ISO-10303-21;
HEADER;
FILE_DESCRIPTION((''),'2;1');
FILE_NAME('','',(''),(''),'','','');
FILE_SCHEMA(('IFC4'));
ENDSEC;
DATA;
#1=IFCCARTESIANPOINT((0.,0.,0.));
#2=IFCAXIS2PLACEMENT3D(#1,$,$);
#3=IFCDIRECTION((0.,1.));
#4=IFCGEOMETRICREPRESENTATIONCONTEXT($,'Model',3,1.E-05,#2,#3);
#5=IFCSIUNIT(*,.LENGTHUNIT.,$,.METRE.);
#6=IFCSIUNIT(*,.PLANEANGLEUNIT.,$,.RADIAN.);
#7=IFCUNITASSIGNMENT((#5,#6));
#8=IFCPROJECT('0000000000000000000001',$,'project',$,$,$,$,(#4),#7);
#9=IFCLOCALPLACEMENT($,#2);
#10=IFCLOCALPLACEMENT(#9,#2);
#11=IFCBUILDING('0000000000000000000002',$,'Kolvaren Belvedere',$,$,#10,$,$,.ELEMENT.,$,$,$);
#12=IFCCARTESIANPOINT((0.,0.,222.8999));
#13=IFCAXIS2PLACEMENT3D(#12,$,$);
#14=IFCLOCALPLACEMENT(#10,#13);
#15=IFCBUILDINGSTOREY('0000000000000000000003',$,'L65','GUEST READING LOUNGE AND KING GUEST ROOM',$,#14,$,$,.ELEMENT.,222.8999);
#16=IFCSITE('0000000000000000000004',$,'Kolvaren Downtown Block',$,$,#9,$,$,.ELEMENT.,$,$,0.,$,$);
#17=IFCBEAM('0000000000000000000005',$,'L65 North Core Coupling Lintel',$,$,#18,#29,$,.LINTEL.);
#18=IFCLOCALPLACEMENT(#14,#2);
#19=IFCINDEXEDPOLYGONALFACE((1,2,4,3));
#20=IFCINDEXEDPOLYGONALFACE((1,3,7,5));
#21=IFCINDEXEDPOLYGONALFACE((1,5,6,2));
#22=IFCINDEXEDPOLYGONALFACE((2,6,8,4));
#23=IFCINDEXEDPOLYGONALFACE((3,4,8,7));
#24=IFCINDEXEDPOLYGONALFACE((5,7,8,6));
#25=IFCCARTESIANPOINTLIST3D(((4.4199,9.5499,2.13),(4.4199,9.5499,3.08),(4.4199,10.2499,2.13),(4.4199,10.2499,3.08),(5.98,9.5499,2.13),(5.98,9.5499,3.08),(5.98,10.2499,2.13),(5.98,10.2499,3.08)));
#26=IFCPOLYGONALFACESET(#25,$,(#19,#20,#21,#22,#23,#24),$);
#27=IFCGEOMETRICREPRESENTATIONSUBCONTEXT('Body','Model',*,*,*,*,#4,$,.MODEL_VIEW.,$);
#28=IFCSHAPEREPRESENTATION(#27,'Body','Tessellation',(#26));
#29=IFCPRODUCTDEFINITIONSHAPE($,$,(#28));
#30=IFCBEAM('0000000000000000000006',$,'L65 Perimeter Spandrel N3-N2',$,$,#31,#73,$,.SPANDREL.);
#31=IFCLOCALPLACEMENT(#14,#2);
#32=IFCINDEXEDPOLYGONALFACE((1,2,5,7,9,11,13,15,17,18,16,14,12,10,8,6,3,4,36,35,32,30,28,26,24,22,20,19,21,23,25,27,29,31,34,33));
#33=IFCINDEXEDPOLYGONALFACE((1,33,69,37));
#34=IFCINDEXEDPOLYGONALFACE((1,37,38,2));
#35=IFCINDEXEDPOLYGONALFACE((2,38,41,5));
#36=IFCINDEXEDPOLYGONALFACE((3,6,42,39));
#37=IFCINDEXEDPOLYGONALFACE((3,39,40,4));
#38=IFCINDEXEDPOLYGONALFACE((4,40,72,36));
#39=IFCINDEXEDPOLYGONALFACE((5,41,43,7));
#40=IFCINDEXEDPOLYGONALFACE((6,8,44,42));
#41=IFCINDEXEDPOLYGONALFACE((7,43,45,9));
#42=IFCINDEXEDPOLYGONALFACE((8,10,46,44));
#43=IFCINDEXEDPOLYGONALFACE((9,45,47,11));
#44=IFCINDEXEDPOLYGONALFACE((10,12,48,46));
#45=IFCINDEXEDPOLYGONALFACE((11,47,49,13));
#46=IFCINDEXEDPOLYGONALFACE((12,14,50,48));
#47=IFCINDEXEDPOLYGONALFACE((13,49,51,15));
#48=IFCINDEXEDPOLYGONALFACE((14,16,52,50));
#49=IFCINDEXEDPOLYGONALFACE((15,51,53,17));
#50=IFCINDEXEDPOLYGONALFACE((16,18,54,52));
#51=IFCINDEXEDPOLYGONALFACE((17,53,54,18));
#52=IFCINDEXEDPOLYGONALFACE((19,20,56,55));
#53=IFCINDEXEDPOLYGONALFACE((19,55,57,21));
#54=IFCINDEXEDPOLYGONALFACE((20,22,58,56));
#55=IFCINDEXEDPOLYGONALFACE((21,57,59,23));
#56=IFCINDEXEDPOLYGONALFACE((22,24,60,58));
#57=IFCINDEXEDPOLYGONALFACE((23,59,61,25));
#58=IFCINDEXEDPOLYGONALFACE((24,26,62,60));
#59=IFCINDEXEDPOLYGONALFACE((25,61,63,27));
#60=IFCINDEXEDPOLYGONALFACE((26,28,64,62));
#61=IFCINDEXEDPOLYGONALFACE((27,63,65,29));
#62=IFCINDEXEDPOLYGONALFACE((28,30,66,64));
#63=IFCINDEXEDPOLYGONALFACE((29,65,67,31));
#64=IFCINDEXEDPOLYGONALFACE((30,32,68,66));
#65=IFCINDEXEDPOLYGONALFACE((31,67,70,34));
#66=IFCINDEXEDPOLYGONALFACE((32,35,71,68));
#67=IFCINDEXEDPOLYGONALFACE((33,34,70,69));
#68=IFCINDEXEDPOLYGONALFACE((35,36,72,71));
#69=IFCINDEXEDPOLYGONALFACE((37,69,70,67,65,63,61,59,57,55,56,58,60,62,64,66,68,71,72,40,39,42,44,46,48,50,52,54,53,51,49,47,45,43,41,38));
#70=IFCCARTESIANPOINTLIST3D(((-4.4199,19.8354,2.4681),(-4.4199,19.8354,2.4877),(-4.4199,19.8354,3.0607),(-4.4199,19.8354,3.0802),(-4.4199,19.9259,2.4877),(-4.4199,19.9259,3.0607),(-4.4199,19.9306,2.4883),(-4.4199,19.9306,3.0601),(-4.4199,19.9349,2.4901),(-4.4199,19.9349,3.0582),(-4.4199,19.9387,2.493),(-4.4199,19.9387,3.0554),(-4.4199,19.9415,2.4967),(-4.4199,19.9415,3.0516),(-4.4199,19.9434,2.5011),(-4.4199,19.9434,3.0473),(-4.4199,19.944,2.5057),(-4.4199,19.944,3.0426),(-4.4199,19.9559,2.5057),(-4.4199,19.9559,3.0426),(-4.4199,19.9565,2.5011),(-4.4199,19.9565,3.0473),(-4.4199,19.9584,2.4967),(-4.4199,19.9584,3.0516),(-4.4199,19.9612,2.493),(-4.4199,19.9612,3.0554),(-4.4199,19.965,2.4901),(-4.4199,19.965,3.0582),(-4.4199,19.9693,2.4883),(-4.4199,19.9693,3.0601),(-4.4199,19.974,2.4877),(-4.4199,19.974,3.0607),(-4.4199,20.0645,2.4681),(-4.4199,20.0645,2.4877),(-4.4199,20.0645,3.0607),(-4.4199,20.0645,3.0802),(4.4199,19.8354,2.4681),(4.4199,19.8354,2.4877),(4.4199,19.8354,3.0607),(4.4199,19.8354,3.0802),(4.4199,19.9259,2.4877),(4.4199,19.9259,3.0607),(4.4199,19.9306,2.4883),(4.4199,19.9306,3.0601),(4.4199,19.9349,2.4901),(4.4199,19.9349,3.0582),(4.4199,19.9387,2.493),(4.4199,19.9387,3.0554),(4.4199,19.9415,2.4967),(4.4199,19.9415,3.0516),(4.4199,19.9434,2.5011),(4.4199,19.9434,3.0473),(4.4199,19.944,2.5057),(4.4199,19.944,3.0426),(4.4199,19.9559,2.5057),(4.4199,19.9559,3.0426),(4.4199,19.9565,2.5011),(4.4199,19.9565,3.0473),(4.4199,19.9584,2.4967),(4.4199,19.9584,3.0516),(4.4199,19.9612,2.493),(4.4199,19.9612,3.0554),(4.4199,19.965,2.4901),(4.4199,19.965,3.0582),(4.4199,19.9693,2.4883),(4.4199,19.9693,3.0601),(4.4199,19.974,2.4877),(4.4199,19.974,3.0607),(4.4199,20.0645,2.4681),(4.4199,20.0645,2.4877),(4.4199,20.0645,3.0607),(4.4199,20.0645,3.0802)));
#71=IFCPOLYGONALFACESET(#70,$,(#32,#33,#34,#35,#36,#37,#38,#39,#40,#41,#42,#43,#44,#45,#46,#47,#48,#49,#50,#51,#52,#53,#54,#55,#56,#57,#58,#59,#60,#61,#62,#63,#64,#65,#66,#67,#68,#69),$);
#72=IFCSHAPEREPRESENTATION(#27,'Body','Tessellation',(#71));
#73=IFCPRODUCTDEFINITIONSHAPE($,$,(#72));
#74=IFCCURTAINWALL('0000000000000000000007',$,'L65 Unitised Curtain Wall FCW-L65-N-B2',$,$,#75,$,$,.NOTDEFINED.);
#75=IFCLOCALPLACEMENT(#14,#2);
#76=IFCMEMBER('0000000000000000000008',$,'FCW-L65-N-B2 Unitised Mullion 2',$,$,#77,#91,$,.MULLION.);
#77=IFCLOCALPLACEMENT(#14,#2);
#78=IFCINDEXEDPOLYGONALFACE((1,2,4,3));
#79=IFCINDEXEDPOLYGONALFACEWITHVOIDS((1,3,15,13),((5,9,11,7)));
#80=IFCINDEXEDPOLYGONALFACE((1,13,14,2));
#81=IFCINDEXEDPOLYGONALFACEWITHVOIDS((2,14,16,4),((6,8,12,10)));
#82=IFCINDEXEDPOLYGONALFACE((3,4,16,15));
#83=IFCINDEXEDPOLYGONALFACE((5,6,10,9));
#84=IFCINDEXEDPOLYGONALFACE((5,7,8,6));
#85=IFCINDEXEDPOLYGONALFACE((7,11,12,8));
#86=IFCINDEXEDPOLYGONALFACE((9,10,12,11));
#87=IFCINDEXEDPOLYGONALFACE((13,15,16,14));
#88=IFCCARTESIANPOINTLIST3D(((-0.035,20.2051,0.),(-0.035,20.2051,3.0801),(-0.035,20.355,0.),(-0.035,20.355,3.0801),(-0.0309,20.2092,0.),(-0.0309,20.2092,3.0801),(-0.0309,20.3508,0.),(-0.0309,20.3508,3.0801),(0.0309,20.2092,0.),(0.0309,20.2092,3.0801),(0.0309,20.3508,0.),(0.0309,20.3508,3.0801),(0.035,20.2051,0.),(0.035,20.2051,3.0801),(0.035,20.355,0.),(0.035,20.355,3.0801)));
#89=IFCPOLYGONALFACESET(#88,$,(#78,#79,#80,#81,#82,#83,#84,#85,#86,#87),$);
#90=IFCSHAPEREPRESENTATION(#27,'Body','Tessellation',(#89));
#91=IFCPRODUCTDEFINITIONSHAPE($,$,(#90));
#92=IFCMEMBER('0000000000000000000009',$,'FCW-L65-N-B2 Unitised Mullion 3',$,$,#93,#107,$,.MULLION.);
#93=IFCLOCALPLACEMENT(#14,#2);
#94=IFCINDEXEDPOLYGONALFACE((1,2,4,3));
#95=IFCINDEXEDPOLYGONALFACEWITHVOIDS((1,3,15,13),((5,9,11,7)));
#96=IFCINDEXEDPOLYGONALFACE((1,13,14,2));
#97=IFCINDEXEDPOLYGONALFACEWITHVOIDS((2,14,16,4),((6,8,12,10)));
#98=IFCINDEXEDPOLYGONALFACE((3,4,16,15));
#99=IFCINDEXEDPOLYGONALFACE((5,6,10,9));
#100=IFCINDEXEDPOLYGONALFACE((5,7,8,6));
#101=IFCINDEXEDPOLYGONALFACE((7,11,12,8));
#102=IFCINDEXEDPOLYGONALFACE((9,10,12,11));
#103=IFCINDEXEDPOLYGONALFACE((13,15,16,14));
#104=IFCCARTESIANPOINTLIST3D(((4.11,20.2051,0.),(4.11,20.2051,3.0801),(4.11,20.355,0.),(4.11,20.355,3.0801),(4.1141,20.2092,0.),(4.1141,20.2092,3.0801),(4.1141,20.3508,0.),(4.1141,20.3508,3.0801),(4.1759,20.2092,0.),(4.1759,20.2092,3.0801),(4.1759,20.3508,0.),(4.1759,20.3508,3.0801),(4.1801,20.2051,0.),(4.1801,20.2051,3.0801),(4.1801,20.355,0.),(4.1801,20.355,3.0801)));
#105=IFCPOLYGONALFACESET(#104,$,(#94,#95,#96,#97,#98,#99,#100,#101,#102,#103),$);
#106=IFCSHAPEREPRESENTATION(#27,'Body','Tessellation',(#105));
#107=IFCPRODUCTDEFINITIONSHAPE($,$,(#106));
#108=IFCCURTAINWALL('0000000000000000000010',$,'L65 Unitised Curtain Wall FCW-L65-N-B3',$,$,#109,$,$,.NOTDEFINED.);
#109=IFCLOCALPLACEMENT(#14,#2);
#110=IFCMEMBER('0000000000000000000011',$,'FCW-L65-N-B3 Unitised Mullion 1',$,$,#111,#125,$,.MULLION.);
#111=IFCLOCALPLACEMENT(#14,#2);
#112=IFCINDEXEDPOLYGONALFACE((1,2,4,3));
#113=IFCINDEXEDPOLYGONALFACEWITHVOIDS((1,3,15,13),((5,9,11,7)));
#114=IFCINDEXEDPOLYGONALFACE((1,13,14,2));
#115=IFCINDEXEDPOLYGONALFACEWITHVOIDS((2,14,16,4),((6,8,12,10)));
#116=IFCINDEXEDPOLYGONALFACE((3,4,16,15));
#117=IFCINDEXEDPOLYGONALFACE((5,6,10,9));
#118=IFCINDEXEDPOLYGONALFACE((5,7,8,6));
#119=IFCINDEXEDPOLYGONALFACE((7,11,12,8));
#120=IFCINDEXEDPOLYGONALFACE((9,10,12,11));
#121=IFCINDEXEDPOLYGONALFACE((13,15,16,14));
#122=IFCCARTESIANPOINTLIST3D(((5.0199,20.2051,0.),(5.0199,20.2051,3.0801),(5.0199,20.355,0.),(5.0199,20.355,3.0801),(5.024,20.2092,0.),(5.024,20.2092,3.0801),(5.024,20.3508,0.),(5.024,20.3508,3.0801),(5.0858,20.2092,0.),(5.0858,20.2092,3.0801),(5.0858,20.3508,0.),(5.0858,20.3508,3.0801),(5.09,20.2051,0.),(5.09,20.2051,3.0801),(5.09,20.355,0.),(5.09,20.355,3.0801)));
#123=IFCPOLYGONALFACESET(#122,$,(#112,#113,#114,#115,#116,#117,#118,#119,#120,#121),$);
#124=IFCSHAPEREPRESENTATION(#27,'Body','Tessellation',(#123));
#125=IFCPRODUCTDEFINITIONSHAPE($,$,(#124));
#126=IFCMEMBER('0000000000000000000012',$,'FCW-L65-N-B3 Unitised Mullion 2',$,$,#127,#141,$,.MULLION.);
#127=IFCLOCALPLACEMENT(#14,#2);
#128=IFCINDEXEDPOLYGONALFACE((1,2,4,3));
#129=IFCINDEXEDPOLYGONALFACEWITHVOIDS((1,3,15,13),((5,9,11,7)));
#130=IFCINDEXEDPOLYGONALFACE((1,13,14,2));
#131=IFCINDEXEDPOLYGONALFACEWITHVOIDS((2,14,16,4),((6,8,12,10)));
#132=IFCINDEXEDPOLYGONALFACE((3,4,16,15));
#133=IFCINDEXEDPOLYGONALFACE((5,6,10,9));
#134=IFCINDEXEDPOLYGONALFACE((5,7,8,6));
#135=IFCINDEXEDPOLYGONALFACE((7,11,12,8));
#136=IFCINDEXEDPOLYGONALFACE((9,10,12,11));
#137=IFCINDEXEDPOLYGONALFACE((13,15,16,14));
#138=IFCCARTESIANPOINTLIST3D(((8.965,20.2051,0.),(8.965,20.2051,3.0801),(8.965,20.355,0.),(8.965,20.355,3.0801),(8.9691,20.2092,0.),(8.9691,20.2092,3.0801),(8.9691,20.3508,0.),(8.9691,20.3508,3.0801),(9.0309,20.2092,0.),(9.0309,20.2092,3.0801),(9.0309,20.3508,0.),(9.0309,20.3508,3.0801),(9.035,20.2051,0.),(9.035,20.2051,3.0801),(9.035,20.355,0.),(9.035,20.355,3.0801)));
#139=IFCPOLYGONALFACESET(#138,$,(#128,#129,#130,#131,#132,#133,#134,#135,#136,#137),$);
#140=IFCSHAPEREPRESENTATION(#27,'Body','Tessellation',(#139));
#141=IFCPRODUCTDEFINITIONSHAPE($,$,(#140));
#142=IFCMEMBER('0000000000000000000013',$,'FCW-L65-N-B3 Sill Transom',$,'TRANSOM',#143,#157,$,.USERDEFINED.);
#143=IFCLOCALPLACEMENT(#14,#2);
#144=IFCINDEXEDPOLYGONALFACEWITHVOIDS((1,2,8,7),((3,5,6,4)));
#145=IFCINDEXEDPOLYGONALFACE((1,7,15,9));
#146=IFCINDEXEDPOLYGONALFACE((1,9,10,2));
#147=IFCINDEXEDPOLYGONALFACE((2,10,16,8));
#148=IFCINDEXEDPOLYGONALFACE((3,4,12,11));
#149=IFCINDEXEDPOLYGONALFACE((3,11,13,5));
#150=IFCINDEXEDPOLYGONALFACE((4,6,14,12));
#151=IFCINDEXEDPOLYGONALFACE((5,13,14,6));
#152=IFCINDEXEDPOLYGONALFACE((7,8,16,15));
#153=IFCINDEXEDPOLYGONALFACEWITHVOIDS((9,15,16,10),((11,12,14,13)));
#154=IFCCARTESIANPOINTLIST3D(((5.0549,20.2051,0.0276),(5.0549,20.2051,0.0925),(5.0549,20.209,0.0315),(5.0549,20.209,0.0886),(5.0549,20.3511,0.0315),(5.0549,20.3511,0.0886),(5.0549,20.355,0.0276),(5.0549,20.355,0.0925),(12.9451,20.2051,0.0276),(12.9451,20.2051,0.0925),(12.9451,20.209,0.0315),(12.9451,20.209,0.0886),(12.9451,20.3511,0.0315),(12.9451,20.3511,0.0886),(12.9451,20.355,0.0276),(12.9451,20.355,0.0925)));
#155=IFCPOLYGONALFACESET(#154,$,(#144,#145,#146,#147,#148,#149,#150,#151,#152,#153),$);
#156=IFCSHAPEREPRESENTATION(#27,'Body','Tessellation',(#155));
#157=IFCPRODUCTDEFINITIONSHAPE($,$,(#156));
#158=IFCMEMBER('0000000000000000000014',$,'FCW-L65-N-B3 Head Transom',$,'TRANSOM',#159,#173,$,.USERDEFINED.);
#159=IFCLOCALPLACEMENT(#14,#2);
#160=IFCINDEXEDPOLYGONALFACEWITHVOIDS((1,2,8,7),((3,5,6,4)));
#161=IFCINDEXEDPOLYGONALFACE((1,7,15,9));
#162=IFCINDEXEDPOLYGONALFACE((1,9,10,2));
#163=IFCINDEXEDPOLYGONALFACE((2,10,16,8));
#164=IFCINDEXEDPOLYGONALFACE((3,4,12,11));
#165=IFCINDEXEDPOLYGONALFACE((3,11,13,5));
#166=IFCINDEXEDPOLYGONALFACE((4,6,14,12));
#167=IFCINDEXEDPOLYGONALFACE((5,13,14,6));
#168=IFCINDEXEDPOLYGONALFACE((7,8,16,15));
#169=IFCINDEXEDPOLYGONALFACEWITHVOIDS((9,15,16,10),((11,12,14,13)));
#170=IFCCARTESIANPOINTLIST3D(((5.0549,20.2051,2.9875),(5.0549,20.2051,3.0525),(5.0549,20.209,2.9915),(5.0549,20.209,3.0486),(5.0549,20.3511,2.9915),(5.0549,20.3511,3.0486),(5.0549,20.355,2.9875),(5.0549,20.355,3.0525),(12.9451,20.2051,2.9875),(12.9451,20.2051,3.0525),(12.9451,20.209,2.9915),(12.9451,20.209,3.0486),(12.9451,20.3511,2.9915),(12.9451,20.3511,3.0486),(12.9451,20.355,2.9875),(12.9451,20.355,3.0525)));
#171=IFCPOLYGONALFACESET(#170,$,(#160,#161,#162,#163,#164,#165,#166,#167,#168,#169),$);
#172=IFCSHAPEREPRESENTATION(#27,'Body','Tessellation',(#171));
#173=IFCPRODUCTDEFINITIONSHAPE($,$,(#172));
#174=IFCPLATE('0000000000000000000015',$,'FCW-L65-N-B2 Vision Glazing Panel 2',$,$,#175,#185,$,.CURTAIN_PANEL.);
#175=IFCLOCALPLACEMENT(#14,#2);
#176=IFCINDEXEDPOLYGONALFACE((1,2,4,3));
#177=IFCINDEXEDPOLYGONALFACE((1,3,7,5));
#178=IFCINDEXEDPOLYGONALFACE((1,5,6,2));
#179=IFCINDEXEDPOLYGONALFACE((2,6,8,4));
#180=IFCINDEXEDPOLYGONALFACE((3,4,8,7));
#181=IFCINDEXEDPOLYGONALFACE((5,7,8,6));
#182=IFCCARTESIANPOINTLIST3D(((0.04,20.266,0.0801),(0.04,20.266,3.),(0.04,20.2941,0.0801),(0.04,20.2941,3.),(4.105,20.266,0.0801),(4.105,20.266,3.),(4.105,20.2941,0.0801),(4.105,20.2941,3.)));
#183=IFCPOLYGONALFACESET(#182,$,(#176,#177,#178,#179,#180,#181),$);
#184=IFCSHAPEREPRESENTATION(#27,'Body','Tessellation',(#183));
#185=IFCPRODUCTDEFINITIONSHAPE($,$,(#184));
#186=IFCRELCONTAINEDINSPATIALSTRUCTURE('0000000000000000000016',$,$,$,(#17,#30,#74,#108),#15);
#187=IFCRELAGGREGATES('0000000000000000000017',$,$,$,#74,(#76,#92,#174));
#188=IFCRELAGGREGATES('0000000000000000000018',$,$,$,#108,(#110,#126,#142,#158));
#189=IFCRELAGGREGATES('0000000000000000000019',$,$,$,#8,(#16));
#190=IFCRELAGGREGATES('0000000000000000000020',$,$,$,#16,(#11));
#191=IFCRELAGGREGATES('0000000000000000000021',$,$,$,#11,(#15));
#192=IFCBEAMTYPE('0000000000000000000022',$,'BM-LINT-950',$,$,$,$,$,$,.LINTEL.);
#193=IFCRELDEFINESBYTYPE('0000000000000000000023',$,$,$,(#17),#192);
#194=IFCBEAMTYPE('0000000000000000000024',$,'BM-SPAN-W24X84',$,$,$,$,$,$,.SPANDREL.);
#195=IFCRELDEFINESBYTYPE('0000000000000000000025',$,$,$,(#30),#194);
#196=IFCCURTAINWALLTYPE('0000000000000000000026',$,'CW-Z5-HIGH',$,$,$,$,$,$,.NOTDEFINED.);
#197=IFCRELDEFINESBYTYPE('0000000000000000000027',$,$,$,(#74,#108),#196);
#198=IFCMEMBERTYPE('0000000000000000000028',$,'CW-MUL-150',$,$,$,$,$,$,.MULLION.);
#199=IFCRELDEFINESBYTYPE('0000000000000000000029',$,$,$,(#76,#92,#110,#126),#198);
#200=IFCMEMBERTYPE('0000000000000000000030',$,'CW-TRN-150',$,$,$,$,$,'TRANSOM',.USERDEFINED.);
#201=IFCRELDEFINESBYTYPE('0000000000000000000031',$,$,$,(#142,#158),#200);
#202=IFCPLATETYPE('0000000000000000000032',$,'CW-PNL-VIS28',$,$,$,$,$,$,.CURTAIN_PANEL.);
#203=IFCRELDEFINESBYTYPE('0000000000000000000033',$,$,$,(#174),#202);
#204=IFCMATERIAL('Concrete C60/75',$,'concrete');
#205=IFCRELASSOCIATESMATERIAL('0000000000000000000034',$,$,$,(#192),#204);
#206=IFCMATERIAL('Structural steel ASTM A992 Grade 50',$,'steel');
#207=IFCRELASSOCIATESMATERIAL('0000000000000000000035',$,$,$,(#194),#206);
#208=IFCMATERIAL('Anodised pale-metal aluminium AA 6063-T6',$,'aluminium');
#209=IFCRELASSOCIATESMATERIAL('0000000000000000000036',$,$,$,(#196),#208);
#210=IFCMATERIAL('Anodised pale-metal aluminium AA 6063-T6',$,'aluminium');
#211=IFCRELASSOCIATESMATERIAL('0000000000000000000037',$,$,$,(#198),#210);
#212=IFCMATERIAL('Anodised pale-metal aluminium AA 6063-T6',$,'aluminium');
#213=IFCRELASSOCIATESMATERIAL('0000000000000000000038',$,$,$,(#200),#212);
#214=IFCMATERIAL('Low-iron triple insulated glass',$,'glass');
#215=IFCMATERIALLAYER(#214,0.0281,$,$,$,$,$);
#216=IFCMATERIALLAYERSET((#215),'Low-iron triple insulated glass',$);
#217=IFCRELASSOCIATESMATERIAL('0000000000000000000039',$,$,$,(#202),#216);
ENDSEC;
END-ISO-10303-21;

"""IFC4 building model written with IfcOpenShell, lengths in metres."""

from ifc_helpers import new_model, si_unit, direction, frame, origin, origin_2d, place, context, subcontext, project, spatial, rectangle, hollow_rectangle, i_section, extrude, material, layer, layer_set, material_profile, profile_set, type_object, element, aggregate, save


model = new_model("IFC4")

# Units and contexts
model_context = context("Model", 3, precision=1e-05, world=origin(), true_north=direction((0.0, 1.0)))
body_context = subcontext(model_context, "Body", "Model", "MODEL_VIEW")
ifc_project = project(units=[si_unit("LENGTHUNIT", "METRE"), si_unit("PLANEANGLEUNIT", "RADIAN")], contexts=[model_context])

# Site, building, storey
site_placement = place(None, origin())
site = spatial("IfcSite", under=ifc_project, at=site_placement, Name="Kolvaren Downtown Block", CompositionType="ELEMENT", RefElevation=0.0)
building_placement = place(site_placement, origin())
building = spatial("IfcBuilding", under=site, at=building_placement, Name="Kolvaren Belvedere", CompositionType="ELEMENT")
storey_placement = place(building_placement, frame((0.0, 0.0, 222.8999)))
storey = spatial("IfcBuildingStorey", under=building, at=storey_placement, Name="L65", Description="GUEST READING LOUNGE AND KING GUEST ROOM", CompositionType="ELEMENT", Elevation=222.8999)

# Beams
ifc_material_1 = material(Name="Concrete C60/75", Category="concrete")
ifc_material_profile_1 = material_profile(ifc_material_1, rectangle(XDim=0.7, YDim=0.95, at=origin_2d()), Name="RC 700X950")
ifc_profile_set_1 = profile_set([ifc_material_profile_1], Name="Concrete C60/75")
beam_type_1 = type_object("IfcBeamType", Name="BM-LINT-950", PredefinedType="LINTEL", material=ifc_profile_set_1)
beam_1_placement = place(storey_placement, frame((4.4199, 9.8999, 2.605), z_axis=(1.0, 0.0, 0.0), x_axis=(0.0, 1.0, 0.0)))
element("IfcBeam", 1, at=beam_1_placement, inside=storey, type_object=beam_type_1, Name="L65 North Core Coupling Lintel", PredefinedType="LINTEL", context=body_context, shape_type="SweptSolid", body=[
    extrude(rectangle(XDim=0.7, YDim=0.95, at=origin_2d()), origin(), (0.0, 0.0, 1.0), 1.5601),
])
ifc_material_2 = material(Name="Structural steel ASTM A992 Grade 50", Category="steel")
ifc_material_profile_2 = material_profile(ifc_material_2, i_section(OverallWidth=0.229, OverallDepth=0.6121, WebThickness=0.012, FlangeThickness=0.0195, FilletRadius=0.0181, at=origin_2d()), Name="W24X84")
ifc_profile_set_2 = profile_set([ifc_material_profile_2], Name="Structural steel ASTM A992 Grade 50")
beam_type_2 = type_object("IfcBeamType", Name="BM-SPAN-W24X84", PredefinedType="SPANDREL", material=ifc_profile_set_2)
beam_2_placement = place(storey_placement, frame((4.4199, 19.95, 2.7742), z_axis=(-1.0, 0.0, 0.0), x_axis=(0.0, -1.0, 0.0)))
element("IfcBeam", 2, at=beam_2_placement, inside=storey, type_object=beam_type_2, Name="L65 Perimeter Spandrel N3-N2", PredefinedType="SPANDREL", context=body_context, shape_type="SweptSolid", body=[
    extrude(i_section(OverallWidth=0.229, OverallDepth=0.6121, WebThickness=0.012, FlangeThickness=0.0195, FilletRadius=0.0181, at=origin_2d()), origin(), (0.0, 0.0, 1.0), 8.8398),
])

# Curtain walls, members
ifc_material_3 = material(Name="Anodised pale-metal aluminium AA 6063-T6", Category="aluminium")
curtain_wall_type = type_object("IfcCurtainWallType", Name="CW-Z5-HIGH", PredefinedType="NOTDEFINED", material=ifc_material_3)
curtain_wall_1_placement = place(storey_placement, origin())
curtain_wall_1 = element("IfcCurtainWall", 3, at=curtain_wall_1_placement, inside=storey, type_object=curtain_wall_type, Name="L65 Unitised Curtain Wall FCW-L65-N-B2", PredefinedType="NOTDEFINED")
ifc_material_4 = material(Name="Anodised pale-metal aluminium AA 6063-T6", Category="aluminium")
ifc_material_profile_3 = material_profile(ifc_material_4, hollow_rectangle(XDim=0.0701, YDim=0.1499, WallThickness=0.0042, at=origin_2d()), Name="ALU-MUL-150X70")
ifc_profile_set_3 = profile_set([ifc_material_profile_3], Name="Anodised pale-metal aluminium AA 6063-T6")
member_type_1 = type_object("IfcMemberType", Name="CW-MUL-150", PredefinedType="MULLION", material=ifc_profile_set_3)
member_1_placement = place(storey_placement, frame((0.0, 20.28, 0.0), z_axis=(0.0, 0.0, 1.0), x_axis=(1.0, 0.0, 0.0)))
member_1 = element("IfcMember", 4, at=member_1_placement, type_object=member_type_1, Name="FCW-L65-N-B2 Unitised Mullion 2", PredefinedType="MULLION", context=body_context, shape_type="SweptSolid", body=[
    extrude(hollow_rectangle(XDim=0.0701, YDim=0.1499, WallThickness=0.0042, at=origin_2d()), origin(), (0.0, 0.0, 1.0), 3.0801),
])
member_2_placement = place(storey_placement, frame((4.145, 20.28, 0.0), z_axis=(0.0, 0.0, 1.0), x_axis=(1.0, 0.0, 0.0)))
member_2 = element("IfcMember", 5, at=member_2_placement, type_object=member_type_1, Name="FCW-L65-N-B2 Unitised Mullion 3", PredefinedType="MULLION", context=body_context, shape_type="SweptSolid", body=[
    extrude(hollow_rectangle(XDim=0.0701, YDim=0.1499, WallThickness=0.0042, at=origin_2d()), origin(), (0.0, 0.0, 1.0), 3.0801),
])
curtain_wall_2_placement = place(storey_placement, origin())
curtain_wall_2 = element("IfcCurtainWall", 6, at=curtain_wall_2_placement, inside=storey, type_object=curtain_wall_type, Name="L65 Unitised Curtain Wall FCW-L65-N-B3", PredefinedType="NOTDEFINED")
member_3_placement = place(storey_placement, frame((5.0549, 20.28, 0.0), z_axis=(0.0, 0.0, 1.0), x_axis=(1.0, 0.0, 0.0)))
member_3 = element("IfcMember", 7, at=member_3_placement, type_object=member_type_1, Name="FCW-L65-N-B3 Unitised Mullion 1", PredefinedType="MULLION", context=body_context, shape_type="SweptSolid", body=[
    extrude(hollow_rectangle(XDim=0.0701, YDim=0.1499, WallThickness=0.0042, at=origin_2d()), origin(), (0.0, 0.0, 1.0), 3.0801),
])
member_4_placement = place(storey_placement, frame((9.0, 20.28, 0.0), z_axis=(0.0, 0.0, 1.0), x_axis=(1.0, 0.0, 0.0)))
member_4 = element("IfcMember", 8, at=member_4_placement, type_object=member_type_1, Name="FCW-L65-N-B3 Unitised Mullion 2", PredefinedType="MULLION", context=body_context, shape_type="SweptSolid", body=[
    extrude(hollow_rectangle(XDim=0.0701, YDim=0.1499, WallThickness=0.0042, at=origin_2d()), origin(), (0.0, 0.0, 1.0), 3.0801),
])
ifc_material_5 = material(Name="Anodised pale-metal aluminium AA 6063-T6", Category="aluminium")
ifc_material_profile_4 = material_profile(ifc_material_5, hollow_rectangle(XDim=0.0649, YDim=0.1499, WallThickness=0.0039, at=origin_2d()), Name="ALU-TRN-150X65")
ifc_profile_set_4 = profile_set([ifc_material_profile_4], Name="Anodised pale-metal aluminium AA 6063-T6")
member_type_2 = type_object("IfcMemberType", Name="CW-TRN-150", ElementType="TRANSOM", PredefinedType="USERDEFINED", material=ifc_profile_set_4)
member_5_placement = place(storey_placement, frame((5.0549, 20.28, 0.0601), z_axis=(1.0, 0.0, 0.0), x_axis=(0.0, 0.0, 1.0)))
member_5 = element("IfcMember", 9, at=member_5_placement, type_object=member_type_2, Name="FCW-L65-N-B3 Sill Transom", ObjectType="TRANSOM", PredefinedType="USERDEFINED", context=body_context, shape_type="SweptSolid", body=[
    extrude(hollow_rectangle(XDim=0.0649, YDim=0.1499, WallThickness=0.0039, at=origin_2d()), origin(), (0.0, 0.0, 1.0), 7.8901),
])
member_6_placement = place(storey_placement, frame((5.0549, 20.28, 3.02), z_axis=(1.0, 0.0, 0.0), x_axis=(0.0, 0.0, 1.0)))
member_6 = element("IfcMember", 10, at=member_6_placement, type_object=member_type_2, Name="FCW-L65-N-B3 Head Transom", ObjectType="TRANSOM", PredefinedType="USERDEFINED", context=body_context, shape_type="SweptSolid", body=[
    extrude(hollow_rectangle(XDim=0.0649, YDim=0.1499, WallThickness=0.0039, at=origin_2d()), origin(), (0.0, 0.0, 1.0), 7.8901),
])

# Plate
ifc_material_6 = material(Name="Low-iron triple insulated glass", Category="glass")
ifc_layer_1 = layer(ifc_material_6, 0.0281)
ifc_layer_set_1 = layer_set([ifc_layer_1], Name="Low-iron triple insulated glass")
plate_type_1 = type_object("IfcPlateType", Name="CW-PNL-VIS28", PredefinedType="CURTAIN_PANEL", material=ifc_layer_set_1)
plate_1_placement = place(storey_placement, frame((2.0725, 20.28, 0.0801), z_axis=(0.0, 0.0, 1.0), x_axis=(1.0, 0.0, 0.0)))
plate_1 = element("IfcPlate", 11, at=plate_1_placement, type_object=plate_type_1, Name="FCW-L65-N-B2 Vision Glazing Panel 2", PredefinedType="CURTAIN_PANEL", context=body_context, shape_type="SweptSolid", body=[
    extrude(rectangle(XDim=4.0649, YDim=0.0281, at=origin_2d()), origin(), (0.0, 0.0, 1.0), 2.9199),
])
aggregate(curtain_wall_1, [member_1, member_2, plate_1])
aggregate(curtain_wall_2, [member_3, member_4, member_5, member_6])

save(model, "model.ifc")
